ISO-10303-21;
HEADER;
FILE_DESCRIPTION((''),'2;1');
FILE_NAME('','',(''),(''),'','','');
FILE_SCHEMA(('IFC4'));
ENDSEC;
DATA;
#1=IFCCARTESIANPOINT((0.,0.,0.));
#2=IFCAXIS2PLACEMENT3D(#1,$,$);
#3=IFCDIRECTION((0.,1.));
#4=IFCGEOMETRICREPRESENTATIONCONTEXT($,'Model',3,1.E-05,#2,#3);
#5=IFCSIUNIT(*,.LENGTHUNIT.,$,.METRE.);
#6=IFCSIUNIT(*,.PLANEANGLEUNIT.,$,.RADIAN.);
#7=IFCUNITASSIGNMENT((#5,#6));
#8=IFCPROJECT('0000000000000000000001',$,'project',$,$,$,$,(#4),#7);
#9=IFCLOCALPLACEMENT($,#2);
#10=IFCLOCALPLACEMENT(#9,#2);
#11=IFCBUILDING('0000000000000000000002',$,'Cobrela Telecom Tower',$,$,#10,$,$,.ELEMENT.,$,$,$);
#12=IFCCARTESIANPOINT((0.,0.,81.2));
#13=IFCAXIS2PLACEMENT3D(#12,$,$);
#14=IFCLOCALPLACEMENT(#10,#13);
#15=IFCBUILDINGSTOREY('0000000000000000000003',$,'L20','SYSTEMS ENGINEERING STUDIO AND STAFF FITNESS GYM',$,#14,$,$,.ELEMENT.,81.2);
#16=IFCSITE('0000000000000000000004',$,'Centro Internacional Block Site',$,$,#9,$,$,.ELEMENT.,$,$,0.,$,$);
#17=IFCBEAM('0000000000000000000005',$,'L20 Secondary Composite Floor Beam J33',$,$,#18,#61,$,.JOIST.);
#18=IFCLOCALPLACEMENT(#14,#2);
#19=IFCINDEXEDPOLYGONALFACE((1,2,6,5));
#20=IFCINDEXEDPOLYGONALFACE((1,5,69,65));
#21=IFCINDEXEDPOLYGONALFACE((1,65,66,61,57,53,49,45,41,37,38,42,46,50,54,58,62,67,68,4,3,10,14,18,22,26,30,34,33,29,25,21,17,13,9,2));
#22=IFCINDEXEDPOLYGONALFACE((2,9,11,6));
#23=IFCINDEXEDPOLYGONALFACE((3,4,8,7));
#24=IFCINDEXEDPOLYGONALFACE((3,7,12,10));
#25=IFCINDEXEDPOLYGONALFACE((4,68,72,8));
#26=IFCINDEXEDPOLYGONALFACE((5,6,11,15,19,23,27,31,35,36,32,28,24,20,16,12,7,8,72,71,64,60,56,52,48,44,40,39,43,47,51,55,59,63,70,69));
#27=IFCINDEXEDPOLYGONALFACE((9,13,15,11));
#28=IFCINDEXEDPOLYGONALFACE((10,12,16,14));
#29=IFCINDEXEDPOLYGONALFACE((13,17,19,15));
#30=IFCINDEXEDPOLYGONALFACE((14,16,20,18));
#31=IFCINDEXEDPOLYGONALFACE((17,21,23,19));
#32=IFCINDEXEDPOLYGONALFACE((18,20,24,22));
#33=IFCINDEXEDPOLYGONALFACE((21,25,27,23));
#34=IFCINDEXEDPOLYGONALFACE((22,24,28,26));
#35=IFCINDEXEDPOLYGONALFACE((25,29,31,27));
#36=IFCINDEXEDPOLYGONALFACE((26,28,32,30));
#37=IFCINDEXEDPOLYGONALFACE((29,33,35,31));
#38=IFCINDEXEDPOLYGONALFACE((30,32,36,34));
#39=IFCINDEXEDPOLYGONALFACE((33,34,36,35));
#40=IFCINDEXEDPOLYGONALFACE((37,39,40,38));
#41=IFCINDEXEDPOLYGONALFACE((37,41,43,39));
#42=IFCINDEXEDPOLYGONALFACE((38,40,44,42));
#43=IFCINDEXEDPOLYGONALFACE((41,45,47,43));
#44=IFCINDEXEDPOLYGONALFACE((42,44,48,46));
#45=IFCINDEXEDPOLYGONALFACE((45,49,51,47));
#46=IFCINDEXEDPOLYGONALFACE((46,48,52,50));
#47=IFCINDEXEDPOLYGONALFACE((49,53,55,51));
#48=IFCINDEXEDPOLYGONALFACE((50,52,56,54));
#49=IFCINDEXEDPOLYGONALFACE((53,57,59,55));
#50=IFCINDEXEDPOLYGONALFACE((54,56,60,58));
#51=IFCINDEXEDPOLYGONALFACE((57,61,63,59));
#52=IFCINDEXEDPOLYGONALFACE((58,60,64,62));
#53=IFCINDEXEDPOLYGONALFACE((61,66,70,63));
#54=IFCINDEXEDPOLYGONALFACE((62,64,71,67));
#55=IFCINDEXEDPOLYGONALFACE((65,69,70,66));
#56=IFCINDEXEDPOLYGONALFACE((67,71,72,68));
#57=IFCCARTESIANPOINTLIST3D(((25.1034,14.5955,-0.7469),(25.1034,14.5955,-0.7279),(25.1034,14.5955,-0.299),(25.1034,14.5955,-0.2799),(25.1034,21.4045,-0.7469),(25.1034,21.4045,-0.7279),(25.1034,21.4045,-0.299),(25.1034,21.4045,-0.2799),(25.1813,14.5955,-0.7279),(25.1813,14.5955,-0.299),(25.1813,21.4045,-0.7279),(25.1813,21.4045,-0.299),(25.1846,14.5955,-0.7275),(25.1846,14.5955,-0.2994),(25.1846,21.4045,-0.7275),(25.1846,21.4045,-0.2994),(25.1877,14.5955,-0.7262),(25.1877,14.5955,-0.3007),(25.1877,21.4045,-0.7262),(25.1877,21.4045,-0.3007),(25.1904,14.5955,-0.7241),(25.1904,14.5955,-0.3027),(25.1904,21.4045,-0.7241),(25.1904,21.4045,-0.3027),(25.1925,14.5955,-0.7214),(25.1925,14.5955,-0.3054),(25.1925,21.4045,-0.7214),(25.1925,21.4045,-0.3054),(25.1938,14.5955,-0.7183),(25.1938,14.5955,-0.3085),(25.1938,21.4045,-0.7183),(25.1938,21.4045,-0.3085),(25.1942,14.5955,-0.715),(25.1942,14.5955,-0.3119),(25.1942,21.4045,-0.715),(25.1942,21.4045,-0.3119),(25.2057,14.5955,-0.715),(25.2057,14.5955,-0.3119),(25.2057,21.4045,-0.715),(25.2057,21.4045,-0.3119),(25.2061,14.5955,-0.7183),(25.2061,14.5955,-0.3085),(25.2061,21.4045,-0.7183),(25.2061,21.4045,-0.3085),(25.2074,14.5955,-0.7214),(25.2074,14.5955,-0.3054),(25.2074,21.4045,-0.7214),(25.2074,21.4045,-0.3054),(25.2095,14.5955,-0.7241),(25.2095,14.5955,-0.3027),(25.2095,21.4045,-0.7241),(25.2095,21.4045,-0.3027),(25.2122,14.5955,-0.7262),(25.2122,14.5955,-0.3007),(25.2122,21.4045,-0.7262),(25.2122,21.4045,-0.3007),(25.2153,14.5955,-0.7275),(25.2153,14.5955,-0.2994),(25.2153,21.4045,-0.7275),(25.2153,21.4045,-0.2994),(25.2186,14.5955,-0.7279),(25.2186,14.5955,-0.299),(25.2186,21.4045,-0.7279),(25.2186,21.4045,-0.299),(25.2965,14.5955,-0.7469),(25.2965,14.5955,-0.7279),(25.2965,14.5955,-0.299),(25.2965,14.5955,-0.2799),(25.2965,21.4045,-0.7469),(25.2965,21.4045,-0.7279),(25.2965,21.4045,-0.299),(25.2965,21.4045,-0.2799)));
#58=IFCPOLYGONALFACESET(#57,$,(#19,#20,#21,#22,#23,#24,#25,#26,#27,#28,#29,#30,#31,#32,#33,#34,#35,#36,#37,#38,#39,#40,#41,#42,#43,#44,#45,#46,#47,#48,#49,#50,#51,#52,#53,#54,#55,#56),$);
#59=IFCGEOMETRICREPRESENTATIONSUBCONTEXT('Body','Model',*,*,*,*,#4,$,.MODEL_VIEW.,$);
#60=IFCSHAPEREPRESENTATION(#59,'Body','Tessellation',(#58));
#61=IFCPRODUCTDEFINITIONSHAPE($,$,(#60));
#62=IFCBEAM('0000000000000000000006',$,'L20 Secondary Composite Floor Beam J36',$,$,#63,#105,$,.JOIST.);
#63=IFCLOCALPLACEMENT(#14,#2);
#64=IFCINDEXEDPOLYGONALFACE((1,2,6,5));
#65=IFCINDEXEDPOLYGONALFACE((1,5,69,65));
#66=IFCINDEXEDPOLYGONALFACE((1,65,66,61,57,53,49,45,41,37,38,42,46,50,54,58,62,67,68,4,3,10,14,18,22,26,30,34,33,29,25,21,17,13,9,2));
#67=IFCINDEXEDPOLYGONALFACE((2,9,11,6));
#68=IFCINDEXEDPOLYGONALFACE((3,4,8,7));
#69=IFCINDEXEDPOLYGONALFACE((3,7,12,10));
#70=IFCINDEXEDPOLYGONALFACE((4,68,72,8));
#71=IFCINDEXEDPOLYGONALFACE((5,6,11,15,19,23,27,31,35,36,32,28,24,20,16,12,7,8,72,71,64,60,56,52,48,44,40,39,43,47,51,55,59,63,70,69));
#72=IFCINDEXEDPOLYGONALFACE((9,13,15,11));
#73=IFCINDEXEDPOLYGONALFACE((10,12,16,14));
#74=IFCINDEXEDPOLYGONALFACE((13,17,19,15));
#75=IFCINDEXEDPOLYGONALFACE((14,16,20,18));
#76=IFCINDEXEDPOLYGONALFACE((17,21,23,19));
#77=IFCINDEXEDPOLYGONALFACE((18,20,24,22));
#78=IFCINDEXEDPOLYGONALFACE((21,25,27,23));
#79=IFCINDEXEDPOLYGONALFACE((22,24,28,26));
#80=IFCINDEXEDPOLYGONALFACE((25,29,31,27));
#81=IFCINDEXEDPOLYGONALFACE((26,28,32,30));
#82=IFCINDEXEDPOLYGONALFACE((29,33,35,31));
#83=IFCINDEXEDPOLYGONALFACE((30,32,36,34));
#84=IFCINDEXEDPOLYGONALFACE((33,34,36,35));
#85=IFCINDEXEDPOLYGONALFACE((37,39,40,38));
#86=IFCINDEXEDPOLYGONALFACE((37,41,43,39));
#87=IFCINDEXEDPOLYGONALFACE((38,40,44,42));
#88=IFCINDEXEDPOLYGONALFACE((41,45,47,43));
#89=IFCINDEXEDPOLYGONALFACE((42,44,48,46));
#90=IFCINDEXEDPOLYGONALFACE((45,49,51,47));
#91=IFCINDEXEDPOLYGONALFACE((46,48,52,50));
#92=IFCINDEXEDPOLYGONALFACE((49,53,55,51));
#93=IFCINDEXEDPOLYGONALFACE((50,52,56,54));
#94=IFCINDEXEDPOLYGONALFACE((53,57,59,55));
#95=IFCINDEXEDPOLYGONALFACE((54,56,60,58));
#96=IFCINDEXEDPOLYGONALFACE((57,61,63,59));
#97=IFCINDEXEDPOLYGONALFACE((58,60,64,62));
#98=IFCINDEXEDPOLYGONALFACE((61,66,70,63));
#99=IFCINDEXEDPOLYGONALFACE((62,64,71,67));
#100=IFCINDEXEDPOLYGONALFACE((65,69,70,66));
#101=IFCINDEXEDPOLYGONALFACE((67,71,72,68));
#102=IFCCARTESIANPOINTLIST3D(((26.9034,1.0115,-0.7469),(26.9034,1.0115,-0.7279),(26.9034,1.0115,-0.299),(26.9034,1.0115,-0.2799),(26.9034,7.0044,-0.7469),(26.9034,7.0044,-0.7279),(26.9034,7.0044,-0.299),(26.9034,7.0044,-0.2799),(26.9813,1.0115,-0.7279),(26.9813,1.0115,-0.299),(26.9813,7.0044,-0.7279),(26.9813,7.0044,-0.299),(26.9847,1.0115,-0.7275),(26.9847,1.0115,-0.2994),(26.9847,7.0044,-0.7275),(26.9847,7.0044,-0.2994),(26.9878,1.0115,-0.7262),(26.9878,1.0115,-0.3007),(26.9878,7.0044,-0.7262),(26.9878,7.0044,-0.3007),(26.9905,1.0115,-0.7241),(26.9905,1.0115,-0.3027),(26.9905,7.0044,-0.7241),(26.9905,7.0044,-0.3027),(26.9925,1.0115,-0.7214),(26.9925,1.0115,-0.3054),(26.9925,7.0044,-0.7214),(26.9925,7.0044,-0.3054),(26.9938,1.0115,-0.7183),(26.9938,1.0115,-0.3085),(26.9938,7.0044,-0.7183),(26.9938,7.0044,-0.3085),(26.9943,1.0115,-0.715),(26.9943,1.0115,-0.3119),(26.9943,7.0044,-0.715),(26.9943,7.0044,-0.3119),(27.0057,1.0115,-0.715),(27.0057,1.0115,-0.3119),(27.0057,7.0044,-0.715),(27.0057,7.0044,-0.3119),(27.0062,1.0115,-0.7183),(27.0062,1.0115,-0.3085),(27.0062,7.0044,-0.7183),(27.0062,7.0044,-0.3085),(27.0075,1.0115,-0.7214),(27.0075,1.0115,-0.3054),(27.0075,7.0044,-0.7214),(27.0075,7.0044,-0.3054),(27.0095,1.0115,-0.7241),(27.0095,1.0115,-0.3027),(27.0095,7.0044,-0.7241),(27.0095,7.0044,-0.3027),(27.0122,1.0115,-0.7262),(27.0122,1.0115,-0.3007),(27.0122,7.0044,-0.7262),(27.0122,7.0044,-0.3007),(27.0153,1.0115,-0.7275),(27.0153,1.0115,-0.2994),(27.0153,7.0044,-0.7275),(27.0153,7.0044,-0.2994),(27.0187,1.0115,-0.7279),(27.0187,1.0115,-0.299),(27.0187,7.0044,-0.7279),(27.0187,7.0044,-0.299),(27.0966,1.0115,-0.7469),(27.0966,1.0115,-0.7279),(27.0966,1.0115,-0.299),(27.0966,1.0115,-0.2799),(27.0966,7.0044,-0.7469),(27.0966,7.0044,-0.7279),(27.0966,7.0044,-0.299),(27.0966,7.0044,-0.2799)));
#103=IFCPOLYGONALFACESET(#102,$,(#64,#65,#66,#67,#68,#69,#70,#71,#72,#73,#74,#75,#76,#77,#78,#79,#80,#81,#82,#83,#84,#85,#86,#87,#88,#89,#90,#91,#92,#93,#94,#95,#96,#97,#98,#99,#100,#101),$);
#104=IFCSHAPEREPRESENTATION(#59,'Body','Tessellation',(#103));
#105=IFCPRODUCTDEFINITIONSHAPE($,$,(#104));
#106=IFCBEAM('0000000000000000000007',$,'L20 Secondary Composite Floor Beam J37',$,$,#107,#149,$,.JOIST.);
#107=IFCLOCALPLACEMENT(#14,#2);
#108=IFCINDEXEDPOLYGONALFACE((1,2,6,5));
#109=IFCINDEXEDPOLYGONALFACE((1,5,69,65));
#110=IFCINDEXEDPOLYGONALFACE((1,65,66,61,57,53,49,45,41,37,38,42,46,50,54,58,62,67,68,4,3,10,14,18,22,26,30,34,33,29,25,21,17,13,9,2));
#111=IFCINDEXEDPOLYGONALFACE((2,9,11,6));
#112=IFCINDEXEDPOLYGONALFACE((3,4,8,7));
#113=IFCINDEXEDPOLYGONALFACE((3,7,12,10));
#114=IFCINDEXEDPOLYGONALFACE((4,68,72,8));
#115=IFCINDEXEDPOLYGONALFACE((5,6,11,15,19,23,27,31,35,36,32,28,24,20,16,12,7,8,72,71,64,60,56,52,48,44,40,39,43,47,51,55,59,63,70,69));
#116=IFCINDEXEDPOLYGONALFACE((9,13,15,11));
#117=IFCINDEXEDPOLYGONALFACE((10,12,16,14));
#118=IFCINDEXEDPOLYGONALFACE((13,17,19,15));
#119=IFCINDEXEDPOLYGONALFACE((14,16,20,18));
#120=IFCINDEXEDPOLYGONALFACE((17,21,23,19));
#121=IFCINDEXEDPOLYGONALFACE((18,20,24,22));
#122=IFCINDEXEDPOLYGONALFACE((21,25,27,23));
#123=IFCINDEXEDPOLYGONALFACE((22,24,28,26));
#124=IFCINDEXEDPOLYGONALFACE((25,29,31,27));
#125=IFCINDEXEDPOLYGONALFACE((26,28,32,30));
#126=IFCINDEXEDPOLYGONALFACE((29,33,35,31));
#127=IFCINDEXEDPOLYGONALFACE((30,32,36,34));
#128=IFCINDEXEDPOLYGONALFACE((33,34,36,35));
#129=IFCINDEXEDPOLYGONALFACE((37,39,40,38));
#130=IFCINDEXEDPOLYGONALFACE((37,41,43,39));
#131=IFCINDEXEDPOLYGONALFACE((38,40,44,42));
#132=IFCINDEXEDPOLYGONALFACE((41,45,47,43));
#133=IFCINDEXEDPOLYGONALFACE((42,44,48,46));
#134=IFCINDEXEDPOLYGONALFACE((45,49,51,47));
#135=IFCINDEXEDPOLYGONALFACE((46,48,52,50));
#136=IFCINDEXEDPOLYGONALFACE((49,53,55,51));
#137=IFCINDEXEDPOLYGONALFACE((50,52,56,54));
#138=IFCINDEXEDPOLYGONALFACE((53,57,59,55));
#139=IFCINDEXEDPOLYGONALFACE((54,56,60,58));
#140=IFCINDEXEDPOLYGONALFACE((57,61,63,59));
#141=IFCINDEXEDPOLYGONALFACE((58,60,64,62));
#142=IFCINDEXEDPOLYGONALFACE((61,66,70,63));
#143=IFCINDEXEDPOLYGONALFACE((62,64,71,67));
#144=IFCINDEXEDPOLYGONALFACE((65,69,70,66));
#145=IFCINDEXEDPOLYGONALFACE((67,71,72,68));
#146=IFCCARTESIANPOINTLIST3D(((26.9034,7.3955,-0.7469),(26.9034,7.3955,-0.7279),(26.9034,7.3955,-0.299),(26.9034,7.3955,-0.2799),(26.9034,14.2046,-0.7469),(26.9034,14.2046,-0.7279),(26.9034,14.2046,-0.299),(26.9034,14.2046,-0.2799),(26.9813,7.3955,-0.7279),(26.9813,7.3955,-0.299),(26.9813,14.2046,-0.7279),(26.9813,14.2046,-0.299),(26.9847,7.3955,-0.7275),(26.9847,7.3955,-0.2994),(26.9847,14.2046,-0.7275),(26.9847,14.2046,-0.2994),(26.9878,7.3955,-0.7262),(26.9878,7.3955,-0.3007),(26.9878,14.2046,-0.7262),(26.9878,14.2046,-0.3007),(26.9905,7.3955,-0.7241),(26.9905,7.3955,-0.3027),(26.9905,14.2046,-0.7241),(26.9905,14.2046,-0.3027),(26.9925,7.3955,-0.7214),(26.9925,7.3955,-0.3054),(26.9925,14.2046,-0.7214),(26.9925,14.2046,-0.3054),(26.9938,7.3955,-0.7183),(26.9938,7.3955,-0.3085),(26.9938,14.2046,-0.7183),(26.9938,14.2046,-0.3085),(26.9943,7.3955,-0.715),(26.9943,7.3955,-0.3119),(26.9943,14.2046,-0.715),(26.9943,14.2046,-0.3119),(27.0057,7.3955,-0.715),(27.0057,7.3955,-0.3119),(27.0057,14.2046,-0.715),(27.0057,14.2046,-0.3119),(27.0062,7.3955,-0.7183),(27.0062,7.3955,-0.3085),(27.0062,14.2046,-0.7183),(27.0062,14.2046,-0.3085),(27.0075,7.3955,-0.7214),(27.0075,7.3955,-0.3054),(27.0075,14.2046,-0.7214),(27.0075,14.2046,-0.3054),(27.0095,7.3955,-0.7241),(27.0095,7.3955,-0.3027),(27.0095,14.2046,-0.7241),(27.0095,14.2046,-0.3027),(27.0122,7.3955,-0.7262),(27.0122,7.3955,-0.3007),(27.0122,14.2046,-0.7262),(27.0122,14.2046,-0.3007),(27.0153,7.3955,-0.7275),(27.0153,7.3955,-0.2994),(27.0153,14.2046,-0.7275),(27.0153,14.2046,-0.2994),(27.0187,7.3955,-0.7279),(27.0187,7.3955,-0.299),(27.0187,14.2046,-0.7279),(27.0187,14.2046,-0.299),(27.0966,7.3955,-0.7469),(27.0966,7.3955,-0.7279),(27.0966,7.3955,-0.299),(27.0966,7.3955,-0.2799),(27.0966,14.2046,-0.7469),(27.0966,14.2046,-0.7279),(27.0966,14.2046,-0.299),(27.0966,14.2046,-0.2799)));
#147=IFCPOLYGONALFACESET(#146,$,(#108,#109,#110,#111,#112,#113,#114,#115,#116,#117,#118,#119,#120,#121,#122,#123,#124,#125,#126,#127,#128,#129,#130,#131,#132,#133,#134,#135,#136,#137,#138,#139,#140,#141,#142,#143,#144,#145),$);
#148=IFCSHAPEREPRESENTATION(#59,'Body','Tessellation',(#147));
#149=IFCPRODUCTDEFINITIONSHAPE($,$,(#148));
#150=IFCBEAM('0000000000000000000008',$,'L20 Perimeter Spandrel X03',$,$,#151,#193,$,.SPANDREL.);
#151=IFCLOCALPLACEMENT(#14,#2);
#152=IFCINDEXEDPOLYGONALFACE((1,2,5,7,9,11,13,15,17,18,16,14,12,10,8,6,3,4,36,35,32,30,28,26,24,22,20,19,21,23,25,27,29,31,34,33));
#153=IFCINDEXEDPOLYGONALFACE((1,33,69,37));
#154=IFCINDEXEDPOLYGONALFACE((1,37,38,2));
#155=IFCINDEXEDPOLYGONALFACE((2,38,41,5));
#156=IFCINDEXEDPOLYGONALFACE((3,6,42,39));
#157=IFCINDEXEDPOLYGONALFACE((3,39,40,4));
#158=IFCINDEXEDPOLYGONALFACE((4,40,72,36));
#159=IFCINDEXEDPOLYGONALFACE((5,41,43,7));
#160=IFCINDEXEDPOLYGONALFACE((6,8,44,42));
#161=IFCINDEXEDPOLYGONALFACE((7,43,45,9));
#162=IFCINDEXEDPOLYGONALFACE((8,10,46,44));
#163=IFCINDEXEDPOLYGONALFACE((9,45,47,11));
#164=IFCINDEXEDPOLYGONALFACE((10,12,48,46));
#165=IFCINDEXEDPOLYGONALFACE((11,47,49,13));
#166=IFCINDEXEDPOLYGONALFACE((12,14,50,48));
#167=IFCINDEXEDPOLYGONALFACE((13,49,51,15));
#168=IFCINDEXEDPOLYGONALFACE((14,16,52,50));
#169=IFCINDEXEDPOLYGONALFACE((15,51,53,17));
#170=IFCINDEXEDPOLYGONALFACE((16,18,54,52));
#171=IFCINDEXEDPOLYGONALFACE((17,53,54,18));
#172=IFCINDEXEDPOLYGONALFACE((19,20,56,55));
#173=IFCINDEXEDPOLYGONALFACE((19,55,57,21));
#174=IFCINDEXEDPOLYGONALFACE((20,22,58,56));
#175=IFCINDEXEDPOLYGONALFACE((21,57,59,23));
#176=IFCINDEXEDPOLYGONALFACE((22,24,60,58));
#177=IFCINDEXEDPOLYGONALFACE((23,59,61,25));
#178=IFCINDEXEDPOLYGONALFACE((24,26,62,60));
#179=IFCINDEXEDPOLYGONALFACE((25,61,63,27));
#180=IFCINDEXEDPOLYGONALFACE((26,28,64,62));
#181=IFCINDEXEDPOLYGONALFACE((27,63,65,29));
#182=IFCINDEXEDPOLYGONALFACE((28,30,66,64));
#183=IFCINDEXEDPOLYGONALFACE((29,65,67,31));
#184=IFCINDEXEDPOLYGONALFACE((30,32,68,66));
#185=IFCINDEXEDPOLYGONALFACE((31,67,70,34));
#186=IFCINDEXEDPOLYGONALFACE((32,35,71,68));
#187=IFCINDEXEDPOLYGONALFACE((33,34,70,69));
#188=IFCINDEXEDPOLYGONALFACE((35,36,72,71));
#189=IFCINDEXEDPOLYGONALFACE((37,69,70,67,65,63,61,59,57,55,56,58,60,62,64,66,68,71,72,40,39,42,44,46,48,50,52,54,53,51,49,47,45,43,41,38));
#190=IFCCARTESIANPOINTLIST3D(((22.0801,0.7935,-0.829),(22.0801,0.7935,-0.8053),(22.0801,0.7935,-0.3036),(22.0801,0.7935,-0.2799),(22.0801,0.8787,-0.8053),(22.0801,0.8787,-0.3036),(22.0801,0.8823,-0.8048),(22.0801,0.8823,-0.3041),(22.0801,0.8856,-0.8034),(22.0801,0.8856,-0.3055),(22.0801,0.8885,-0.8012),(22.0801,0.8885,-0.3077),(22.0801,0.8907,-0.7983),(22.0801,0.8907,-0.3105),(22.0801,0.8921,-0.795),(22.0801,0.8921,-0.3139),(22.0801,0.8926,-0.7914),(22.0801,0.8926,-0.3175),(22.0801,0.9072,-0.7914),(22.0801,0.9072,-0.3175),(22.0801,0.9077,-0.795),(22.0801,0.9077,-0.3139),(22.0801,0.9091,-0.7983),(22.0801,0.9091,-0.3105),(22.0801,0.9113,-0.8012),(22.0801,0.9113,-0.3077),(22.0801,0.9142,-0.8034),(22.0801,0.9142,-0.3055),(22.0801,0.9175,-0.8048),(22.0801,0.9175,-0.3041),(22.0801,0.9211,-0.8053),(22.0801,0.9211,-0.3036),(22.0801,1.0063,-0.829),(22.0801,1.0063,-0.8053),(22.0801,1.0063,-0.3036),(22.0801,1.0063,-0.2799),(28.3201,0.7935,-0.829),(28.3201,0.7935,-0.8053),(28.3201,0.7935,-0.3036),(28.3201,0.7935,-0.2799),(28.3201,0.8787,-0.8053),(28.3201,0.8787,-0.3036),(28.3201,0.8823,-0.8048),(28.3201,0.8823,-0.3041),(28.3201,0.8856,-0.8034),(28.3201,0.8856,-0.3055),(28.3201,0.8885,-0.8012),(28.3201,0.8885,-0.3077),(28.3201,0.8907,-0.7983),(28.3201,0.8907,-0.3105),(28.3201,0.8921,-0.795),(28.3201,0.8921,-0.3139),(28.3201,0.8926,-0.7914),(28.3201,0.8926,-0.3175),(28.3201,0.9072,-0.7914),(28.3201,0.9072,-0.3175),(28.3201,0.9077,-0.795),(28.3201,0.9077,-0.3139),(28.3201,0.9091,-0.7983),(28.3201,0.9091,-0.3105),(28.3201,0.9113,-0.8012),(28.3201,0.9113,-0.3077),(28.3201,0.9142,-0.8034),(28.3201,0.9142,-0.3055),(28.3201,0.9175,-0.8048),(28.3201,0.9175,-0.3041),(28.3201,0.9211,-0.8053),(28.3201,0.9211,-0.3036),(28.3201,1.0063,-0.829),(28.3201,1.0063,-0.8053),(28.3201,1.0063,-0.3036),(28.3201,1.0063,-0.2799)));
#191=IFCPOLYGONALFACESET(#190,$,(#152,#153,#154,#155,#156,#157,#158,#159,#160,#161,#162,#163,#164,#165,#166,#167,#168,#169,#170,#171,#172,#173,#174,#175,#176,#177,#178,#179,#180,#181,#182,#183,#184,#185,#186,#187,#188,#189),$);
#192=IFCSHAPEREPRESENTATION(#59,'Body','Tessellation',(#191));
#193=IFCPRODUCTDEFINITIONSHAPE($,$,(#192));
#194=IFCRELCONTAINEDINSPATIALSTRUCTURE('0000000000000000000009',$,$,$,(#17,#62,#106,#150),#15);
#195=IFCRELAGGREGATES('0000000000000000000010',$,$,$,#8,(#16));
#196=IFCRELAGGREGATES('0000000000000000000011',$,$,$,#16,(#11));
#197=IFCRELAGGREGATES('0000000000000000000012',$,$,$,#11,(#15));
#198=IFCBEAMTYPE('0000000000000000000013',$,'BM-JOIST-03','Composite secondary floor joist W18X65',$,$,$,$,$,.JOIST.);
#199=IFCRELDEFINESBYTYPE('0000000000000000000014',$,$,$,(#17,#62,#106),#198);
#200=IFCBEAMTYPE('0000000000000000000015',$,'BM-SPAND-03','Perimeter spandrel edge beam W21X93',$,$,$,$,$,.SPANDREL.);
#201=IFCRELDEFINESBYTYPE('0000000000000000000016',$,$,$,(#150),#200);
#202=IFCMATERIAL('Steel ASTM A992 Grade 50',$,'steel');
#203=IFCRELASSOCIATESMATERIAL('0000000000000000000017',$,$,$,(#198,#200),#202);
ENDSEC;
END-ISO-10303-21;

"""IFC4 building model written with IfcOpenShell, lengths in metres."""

from ifc_helpers import new_model, si_unit, direction, frame, origin, origin_2d, place, context, subcontext, project, spatial, i_section, extrude, material, material_profile, profile_set, type_object, element, save


model = new_model("IFC4")

# Units and contexts
model_context = context("Model", 3, precision=1e-05, world=origin(), true_north=direction((0.0, 1.0)))
body_context = subcontext(model_context, "Body", "Model", "MODEL_VIEW")
ifc_project = project(units=[si_unit("LENGTHUNIT", "METRE"), si_unit("PLANEANGLEUNIT", "RADIAN")], contexts=[model_context])

# Site, building, storey
site_placement = place(None, origin())
site = spatial("IfcSite", under=ifc_project, at=site_placement, Name="Centro Internacional Block Site", CompositionType="ELEMENT", RefElevation=0.0)
building_placement = place(site_placement, origin())
building = spatial("IfcBuilding", under=site, at=building_placement, Name="Cobrela Telecom Tower", CompositionType="ELEMENT")
storey_placement = place(building_placement, frame((0.0, 0.0, 81.2)))
storey = spatial("IfcBuildingStorey", under=building, at=storey_placement, Name="L20", Description="SYSTEMS ENGINEERING STUDIO AND STAFF FITNESS GYM", CompositionType="ELEMENT", Elevation=81.2)

# Shared definitions
ifc_material_1 = material(Name="Steel ASTM A992 Grade 50", Category="steel")

# Beams
ifc_material_profile_1 = material_profile(ifc_material_1, i_section(OverallWidth=0.1931, OverallDepth=0.467, WebThickness=0.0115, FlangeThickness=0.019, FilletRadius=0.0129, at=origin_2d()), Name="W18X65")
ifc_profile_set_1 = profile_set([ifc_material_profile_1], Name="Steel ASTM A992 Grade 50")
beam_type_1 = type_object("IfcBeamType", Name="BM-JOIST-03", Description="Composite secondary floor joist W18X65", PredefinedType="JOIST", material=ifc_profile_set_1)
for number, where, z_axis, x_axis, name in (
    (1, (25.2, 14.5955, -0.5134), (0.0, 1.0, 0.0), (-1.0, 0.0, 0.0), "L20 Secondary Composite Floor Beam J33"),
):
    element("IfcBeam", number, at=place(storey_placement, frame(where, z_axis=z_axis, x_axis=x_axis)), inside=storey, type_object=beam_type_1, Name=name, PredefinedType="JOIST", context=body_context, shape_type="SweptSolid", body=[
        extrude(i_section(OverallWidth=0.1931, OverallDepth=0.467, WebThickness=0.0115, FlangeThickness=0.019, FilletRadius=0.0129, at=origin_2d()), origin(), (0.0, 0.0, 1.0), 6.8091),
    ])
beam_1_placement = place(storey_placement, frame((27.0, 1.0115, -0.5134), z_axis=(0.0, 1.0, 0.0), x_axis=(-1.0, 0.0, 0.0)))
element("IfcBeam", 2, at=beam_1_placement, inside=storey, type_object=beam_type_1, Name="L20 Secondary Composite Floor Beam J36", PredefinedType="JOIST", context=body_context, shape_type="SweptSolid", body=[
    extrude(i_section(OverallWidth=0.1931, OverallDepth=0.467, WebThickness=0.0115, FlangeThickness=0.019, FilletRadius=0.0129, at=origin_2d()), origin(), (0.0, 0.0, 1.0), 5.9929),
])
beam_2_placement = place(storey_placement, frame((27.0, 7.3955, -0.5134), z_axis=(0.0, 1.0, 0.0), x_axis=(-1.0, 0.0, 0.0)))
element("IfcBeam", 3, at=beam_2_placement, inside=storey, type_object=beam_type_1, Name="L20 Secondary Composite Floor Beam J37", PredefinedType="JOIST", context=body_context, shape_type="SweptSolid", body=[
    extrude(i_section(OverallWidth=0.1931, OverallDepth=0.467, WebThickness=0.0115, FlangeThickness=0.019, FilletRadius=0.0129, at=origin_2d()), origin(), (0.0, 0.0, 1.0), 6.8091),
])
ifc_material_profile_2 = material_profile(ifc_material_1, i_section(OverallWidth=0.2129, OverallDepth=0.5491, WebThickness=0.0146, FlangeThickness=0.0237, FilletRadius=0.0139, at=origin_2d()), Name="W21X93")
ifc_profile_set_2 = profile_set([ifc_material_profile_2], Name="Steel ASTM A992 Grade 50")
beam_type_2 = type_object("IfcBeamType", Name="BM-SPAND-03", Description="Perimeter spandrel edge beam W21X93", PredefinedType="SPANDREL", material=ifc_profile_set_2)
beam_3_placement = place(storey_placement, frame((22.0801, 0.8999, -0.5544), z_axis=(1.0, 0.0, 0.0), x_axis=(0.0, 1.0, 0.0)))
element("IfcBeam", 4, at=beam_3_placement, inside=storey, type_object=beam_type_2, Name="L20 Perimeter Spandrel X03", PredefinedType="SPANDREL", context=body_context, shape_type="SweptSolid", body=[
    extrude(i_section(OverallWidth=0.2129, OverallDepth=0.5491, WebThickness=0.0146, FlangeThickness=0.0237, FilletRadius=0.0139, at=origin_2d()), origin(), (0.0, 0.0, 1.0), 6.24),
])

save(model, "model.ifc")
